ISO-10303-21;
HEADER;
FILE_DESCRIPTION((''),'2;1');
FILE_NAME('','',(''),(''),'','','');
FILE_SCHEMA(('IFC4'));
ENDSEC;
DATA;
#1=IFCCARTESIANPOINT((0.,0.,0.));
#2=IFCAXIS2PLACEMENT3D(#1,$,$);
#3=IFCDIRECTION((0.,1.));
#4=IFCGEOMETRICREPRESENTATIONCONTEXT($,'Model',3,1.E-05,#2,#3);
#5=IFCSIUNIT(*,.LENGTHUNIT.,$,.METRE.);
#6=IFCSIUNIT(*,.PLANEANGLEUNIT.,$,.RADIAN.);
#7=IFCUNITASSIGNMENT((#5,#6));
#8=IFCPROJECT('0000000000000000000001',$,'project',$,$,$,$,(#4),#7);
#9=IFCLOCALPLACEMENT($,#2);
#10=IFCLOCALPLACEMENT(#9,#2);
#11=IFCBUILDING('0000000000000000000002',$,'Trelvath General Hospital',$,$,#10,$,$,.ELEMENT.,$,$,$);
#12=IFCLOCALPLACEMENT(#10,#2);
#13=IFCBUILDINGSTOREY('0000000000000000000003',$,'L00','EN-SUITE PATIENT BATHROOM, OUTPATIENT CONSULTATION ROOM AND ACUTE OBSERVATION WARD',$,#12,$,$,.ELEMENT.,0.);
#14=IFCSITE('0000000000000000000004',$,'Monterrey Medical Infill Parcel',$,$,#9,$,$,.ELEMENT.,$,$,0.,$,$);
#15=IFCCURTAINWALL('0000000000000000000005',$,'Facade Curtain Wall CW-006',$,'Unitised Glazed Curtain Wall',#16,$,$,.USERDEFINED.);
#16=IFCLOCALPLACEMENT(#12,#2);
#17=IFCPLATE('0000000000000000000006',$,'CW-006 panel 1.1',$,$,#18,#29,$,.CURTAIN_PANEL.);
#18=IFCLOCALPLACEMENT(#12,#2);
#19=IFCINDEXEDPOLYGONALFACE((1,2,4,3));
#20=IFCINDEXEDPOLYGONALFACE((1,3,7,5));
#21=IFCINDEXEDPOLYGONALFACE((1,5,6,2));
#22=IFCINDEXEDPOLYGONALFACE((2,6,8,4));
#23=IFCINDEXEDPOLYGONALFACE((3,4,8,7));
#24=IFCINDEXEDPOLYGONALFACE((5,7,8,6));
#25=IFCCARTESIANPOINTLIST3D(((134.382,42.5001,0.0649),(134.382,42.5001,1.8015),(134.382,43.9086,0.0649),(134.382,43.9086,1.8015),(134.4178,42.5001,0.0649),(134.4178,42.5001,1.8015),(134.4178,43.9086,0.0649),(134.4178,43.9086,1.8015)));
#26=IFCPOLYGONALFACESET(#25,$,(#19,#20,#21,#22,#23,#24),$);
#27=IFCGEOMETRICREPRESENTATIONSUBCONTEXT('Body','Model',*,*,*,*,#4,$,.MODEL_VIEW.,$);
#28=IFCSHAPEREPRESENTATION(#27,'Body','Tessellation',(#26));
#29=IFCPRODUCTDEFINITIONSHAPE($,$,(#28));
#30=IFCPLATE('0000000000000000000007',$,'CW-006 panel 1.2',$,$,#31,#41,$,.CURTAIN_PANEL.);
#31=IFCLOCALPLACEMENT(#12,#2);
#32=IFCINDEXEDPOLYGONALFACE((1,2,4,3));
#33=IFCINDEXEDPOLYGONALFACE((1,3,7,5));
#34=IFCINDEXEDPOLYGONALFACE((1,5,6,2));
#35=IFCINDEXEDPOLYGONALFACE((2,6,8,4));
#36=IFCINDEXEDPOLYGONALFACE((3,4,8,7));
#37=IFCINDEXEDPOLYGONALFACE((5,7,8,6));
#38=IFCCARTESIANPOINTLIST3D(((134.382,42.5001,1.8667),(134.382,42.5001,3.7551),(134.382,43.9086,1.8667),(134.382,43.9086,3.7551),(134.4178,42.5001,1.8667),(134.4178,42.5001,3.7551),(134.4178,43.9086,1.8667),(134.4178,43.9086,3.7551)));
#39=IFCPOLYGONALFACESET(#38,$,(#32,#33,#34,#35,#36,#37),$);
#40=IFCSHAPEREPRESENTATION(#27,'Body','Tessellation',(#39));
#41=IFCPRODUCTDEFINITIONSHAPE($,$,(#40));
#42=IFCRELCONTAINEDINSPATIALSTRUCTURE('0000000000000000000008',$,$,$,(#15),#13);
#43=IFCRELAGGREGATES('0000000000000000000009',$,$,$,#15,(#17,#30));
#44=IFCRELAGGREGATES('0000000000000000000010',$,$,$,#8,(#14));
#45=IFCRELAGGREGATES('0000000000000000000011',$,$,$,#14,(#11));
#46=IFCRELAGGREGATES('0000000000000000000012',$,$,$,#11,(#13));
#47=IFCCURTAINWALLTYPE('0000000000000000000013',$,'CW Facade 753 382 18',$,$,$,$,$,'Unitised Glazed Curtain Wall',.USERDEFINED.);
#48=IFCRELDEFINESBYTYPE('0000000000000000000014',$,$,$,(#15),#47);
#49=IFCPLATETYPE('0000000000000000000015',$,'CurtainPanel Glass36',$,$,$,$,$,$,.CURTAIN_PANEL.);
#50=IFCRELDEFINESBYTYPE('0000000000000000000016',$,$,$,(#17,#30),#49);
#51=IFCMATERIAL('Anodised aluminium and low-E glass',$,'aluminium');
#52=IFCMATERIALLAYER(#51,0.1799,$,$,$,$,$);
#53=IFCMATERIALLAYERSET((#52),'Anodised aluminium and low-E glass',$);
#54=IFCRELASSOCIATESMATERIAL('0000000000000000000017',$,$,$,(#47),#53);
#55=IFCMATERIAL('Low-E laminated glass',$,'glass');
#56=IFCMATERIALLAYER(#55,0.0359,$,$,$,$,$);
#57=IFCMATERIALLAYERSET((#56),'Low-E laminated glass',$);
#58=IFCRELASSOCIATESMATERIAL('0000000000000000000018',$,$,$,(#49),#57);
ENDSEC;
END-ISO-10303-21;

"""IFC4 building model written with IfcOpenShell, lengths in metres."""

from ifc_helpers import new_model, si_unit, direction, frame, origin, origin_2d, place, context, subcontext, project, spatial, rectangle, extrude, material, layer, layer_set, type_object, element, aggregate, save


model = new_model("IFC4")

# Units and contexts
model_context = context("Model", 3, precision=1e-05, world=origin(), true_north=direction((0.0, 1.0)))
body_context = subcontext(model_context, "Body", "Model", "MODEL_VIEW")
ifc_project = project(units=[si_unit("LENGTHUNIT", "METRE"), si_unit("PLANEANGLEUNIT", "RADIAN")], contexts=[model_context])

# Site, building, storey
site_placement = place(None, origin())
site = spatial("IfcSite", under=ifc_project, at=site_placement, Name="Monterrey Medical Infill Parcel", CompositionType="ELEMENT", RefElevation=0.0)
building_placement = place(site_placement, origin())
building = spatial("IfcBuilding", under=site, at=building_placement, Name="Trelvath General Hospital", CompositionType="ELEMENT")
storey_placement = place(building_placement, origin())
storey = spatial("IfcBuildingStorey", under=building, at=storey_placement, Name="L00", Description="EN-SUITE PATIENT BATHROOM, OUTPATIENT CONSULTATION ROOM AND ACUTE OBSERVATION WARD", CompositionType="ELEMENT", Elevation=0.0)

# Curtain wall
ifc_material_1 = material(Name="Anodised aluminium and low-E glass", Category="aluminium")
ifc_layer_1 = layer(ifc_material_1, 0.1799)
ifc_layer_set_1 = layer_set([ifc_layer_1], Name="Anodised aluminium and low-E glass")
curtain_wall_type = type_object("IfcCurtainWallType", Name="CW Facade 753 382 18", ElementType="Unitised Glazed Curtain Wall", PredefinedType="USERDEFINED", material=ifc_layer_set_1)
curtain_wall_1_placement = place(storey_placement, origin())
curtain_wall_1 = element("IfcCurtainWall", 1, at=curtain_wall_1_placement, inside=storey, type_object=curtain_wall_type, Name="Facade Curtain Wall CW-006", ObjectType="Unitised Glazed Curtain Wall", PredefinedType="USERDEFINED")

# Plates
ifc_material_2 = material(Name="Low-E laminated glass", Category="glass")
ifc_layer_2 = layer(ifc_material_2, 0.0359)
ifc_layer_set_2 = layer_set([ifc_layer_2], Name="Low-E laminated glass")
plate_type = type_object("IfcPlateType", Name="CurtainPanel Glass36", PredefinedType="CURTAIN_PANEL", material=ifc_layer_set_2)
plate_1_placement = place(storey_placement, frame((134.3999, 43.2043, 0.0649), z_axis=(0.0, 0.0, 1.0), x_axis=(0.0, 1.0, 0.0)))
plate_1 = element("IfcPlate", 2, at=plate_1_placement, type_object=plate_type, Name="CW-006 panel 1.1", PredefinedType="CURTAIN_PANEL", context=body_context, shape_type="SweptSolid", body=[
    extrude(rectangle(XDim=1.4084, YDim=0.0359, at=origin_2d()), origin(), (0.0, 0.0, 1.0), 1.7366),
])
plate_2_placement = place(storey_placement, frame((134.3999, 43.2043, 1.8667), z_axis=(0.0, 0.0, 1.0), x_axis=(0.0, 1.0, 0.0)))
plate_2 = element("IfcPlate", 3, at=plate_2_placement, type_object=plate_type, Name="CW-006 panel 1.2", PredefinedType="CURTAIN_PANEL", context=body_context, shape_type="SweptSolid", body=[
    extrude(rectangle(XDim=1.4084, YDim=0.0359, at=origin_2d()), origin(), (0.0, 0.0, 1.0), 1.8884),
])
aggregate(curtain_wall_1, [plate_1, plate_2])

save(model, "model.ifc")
